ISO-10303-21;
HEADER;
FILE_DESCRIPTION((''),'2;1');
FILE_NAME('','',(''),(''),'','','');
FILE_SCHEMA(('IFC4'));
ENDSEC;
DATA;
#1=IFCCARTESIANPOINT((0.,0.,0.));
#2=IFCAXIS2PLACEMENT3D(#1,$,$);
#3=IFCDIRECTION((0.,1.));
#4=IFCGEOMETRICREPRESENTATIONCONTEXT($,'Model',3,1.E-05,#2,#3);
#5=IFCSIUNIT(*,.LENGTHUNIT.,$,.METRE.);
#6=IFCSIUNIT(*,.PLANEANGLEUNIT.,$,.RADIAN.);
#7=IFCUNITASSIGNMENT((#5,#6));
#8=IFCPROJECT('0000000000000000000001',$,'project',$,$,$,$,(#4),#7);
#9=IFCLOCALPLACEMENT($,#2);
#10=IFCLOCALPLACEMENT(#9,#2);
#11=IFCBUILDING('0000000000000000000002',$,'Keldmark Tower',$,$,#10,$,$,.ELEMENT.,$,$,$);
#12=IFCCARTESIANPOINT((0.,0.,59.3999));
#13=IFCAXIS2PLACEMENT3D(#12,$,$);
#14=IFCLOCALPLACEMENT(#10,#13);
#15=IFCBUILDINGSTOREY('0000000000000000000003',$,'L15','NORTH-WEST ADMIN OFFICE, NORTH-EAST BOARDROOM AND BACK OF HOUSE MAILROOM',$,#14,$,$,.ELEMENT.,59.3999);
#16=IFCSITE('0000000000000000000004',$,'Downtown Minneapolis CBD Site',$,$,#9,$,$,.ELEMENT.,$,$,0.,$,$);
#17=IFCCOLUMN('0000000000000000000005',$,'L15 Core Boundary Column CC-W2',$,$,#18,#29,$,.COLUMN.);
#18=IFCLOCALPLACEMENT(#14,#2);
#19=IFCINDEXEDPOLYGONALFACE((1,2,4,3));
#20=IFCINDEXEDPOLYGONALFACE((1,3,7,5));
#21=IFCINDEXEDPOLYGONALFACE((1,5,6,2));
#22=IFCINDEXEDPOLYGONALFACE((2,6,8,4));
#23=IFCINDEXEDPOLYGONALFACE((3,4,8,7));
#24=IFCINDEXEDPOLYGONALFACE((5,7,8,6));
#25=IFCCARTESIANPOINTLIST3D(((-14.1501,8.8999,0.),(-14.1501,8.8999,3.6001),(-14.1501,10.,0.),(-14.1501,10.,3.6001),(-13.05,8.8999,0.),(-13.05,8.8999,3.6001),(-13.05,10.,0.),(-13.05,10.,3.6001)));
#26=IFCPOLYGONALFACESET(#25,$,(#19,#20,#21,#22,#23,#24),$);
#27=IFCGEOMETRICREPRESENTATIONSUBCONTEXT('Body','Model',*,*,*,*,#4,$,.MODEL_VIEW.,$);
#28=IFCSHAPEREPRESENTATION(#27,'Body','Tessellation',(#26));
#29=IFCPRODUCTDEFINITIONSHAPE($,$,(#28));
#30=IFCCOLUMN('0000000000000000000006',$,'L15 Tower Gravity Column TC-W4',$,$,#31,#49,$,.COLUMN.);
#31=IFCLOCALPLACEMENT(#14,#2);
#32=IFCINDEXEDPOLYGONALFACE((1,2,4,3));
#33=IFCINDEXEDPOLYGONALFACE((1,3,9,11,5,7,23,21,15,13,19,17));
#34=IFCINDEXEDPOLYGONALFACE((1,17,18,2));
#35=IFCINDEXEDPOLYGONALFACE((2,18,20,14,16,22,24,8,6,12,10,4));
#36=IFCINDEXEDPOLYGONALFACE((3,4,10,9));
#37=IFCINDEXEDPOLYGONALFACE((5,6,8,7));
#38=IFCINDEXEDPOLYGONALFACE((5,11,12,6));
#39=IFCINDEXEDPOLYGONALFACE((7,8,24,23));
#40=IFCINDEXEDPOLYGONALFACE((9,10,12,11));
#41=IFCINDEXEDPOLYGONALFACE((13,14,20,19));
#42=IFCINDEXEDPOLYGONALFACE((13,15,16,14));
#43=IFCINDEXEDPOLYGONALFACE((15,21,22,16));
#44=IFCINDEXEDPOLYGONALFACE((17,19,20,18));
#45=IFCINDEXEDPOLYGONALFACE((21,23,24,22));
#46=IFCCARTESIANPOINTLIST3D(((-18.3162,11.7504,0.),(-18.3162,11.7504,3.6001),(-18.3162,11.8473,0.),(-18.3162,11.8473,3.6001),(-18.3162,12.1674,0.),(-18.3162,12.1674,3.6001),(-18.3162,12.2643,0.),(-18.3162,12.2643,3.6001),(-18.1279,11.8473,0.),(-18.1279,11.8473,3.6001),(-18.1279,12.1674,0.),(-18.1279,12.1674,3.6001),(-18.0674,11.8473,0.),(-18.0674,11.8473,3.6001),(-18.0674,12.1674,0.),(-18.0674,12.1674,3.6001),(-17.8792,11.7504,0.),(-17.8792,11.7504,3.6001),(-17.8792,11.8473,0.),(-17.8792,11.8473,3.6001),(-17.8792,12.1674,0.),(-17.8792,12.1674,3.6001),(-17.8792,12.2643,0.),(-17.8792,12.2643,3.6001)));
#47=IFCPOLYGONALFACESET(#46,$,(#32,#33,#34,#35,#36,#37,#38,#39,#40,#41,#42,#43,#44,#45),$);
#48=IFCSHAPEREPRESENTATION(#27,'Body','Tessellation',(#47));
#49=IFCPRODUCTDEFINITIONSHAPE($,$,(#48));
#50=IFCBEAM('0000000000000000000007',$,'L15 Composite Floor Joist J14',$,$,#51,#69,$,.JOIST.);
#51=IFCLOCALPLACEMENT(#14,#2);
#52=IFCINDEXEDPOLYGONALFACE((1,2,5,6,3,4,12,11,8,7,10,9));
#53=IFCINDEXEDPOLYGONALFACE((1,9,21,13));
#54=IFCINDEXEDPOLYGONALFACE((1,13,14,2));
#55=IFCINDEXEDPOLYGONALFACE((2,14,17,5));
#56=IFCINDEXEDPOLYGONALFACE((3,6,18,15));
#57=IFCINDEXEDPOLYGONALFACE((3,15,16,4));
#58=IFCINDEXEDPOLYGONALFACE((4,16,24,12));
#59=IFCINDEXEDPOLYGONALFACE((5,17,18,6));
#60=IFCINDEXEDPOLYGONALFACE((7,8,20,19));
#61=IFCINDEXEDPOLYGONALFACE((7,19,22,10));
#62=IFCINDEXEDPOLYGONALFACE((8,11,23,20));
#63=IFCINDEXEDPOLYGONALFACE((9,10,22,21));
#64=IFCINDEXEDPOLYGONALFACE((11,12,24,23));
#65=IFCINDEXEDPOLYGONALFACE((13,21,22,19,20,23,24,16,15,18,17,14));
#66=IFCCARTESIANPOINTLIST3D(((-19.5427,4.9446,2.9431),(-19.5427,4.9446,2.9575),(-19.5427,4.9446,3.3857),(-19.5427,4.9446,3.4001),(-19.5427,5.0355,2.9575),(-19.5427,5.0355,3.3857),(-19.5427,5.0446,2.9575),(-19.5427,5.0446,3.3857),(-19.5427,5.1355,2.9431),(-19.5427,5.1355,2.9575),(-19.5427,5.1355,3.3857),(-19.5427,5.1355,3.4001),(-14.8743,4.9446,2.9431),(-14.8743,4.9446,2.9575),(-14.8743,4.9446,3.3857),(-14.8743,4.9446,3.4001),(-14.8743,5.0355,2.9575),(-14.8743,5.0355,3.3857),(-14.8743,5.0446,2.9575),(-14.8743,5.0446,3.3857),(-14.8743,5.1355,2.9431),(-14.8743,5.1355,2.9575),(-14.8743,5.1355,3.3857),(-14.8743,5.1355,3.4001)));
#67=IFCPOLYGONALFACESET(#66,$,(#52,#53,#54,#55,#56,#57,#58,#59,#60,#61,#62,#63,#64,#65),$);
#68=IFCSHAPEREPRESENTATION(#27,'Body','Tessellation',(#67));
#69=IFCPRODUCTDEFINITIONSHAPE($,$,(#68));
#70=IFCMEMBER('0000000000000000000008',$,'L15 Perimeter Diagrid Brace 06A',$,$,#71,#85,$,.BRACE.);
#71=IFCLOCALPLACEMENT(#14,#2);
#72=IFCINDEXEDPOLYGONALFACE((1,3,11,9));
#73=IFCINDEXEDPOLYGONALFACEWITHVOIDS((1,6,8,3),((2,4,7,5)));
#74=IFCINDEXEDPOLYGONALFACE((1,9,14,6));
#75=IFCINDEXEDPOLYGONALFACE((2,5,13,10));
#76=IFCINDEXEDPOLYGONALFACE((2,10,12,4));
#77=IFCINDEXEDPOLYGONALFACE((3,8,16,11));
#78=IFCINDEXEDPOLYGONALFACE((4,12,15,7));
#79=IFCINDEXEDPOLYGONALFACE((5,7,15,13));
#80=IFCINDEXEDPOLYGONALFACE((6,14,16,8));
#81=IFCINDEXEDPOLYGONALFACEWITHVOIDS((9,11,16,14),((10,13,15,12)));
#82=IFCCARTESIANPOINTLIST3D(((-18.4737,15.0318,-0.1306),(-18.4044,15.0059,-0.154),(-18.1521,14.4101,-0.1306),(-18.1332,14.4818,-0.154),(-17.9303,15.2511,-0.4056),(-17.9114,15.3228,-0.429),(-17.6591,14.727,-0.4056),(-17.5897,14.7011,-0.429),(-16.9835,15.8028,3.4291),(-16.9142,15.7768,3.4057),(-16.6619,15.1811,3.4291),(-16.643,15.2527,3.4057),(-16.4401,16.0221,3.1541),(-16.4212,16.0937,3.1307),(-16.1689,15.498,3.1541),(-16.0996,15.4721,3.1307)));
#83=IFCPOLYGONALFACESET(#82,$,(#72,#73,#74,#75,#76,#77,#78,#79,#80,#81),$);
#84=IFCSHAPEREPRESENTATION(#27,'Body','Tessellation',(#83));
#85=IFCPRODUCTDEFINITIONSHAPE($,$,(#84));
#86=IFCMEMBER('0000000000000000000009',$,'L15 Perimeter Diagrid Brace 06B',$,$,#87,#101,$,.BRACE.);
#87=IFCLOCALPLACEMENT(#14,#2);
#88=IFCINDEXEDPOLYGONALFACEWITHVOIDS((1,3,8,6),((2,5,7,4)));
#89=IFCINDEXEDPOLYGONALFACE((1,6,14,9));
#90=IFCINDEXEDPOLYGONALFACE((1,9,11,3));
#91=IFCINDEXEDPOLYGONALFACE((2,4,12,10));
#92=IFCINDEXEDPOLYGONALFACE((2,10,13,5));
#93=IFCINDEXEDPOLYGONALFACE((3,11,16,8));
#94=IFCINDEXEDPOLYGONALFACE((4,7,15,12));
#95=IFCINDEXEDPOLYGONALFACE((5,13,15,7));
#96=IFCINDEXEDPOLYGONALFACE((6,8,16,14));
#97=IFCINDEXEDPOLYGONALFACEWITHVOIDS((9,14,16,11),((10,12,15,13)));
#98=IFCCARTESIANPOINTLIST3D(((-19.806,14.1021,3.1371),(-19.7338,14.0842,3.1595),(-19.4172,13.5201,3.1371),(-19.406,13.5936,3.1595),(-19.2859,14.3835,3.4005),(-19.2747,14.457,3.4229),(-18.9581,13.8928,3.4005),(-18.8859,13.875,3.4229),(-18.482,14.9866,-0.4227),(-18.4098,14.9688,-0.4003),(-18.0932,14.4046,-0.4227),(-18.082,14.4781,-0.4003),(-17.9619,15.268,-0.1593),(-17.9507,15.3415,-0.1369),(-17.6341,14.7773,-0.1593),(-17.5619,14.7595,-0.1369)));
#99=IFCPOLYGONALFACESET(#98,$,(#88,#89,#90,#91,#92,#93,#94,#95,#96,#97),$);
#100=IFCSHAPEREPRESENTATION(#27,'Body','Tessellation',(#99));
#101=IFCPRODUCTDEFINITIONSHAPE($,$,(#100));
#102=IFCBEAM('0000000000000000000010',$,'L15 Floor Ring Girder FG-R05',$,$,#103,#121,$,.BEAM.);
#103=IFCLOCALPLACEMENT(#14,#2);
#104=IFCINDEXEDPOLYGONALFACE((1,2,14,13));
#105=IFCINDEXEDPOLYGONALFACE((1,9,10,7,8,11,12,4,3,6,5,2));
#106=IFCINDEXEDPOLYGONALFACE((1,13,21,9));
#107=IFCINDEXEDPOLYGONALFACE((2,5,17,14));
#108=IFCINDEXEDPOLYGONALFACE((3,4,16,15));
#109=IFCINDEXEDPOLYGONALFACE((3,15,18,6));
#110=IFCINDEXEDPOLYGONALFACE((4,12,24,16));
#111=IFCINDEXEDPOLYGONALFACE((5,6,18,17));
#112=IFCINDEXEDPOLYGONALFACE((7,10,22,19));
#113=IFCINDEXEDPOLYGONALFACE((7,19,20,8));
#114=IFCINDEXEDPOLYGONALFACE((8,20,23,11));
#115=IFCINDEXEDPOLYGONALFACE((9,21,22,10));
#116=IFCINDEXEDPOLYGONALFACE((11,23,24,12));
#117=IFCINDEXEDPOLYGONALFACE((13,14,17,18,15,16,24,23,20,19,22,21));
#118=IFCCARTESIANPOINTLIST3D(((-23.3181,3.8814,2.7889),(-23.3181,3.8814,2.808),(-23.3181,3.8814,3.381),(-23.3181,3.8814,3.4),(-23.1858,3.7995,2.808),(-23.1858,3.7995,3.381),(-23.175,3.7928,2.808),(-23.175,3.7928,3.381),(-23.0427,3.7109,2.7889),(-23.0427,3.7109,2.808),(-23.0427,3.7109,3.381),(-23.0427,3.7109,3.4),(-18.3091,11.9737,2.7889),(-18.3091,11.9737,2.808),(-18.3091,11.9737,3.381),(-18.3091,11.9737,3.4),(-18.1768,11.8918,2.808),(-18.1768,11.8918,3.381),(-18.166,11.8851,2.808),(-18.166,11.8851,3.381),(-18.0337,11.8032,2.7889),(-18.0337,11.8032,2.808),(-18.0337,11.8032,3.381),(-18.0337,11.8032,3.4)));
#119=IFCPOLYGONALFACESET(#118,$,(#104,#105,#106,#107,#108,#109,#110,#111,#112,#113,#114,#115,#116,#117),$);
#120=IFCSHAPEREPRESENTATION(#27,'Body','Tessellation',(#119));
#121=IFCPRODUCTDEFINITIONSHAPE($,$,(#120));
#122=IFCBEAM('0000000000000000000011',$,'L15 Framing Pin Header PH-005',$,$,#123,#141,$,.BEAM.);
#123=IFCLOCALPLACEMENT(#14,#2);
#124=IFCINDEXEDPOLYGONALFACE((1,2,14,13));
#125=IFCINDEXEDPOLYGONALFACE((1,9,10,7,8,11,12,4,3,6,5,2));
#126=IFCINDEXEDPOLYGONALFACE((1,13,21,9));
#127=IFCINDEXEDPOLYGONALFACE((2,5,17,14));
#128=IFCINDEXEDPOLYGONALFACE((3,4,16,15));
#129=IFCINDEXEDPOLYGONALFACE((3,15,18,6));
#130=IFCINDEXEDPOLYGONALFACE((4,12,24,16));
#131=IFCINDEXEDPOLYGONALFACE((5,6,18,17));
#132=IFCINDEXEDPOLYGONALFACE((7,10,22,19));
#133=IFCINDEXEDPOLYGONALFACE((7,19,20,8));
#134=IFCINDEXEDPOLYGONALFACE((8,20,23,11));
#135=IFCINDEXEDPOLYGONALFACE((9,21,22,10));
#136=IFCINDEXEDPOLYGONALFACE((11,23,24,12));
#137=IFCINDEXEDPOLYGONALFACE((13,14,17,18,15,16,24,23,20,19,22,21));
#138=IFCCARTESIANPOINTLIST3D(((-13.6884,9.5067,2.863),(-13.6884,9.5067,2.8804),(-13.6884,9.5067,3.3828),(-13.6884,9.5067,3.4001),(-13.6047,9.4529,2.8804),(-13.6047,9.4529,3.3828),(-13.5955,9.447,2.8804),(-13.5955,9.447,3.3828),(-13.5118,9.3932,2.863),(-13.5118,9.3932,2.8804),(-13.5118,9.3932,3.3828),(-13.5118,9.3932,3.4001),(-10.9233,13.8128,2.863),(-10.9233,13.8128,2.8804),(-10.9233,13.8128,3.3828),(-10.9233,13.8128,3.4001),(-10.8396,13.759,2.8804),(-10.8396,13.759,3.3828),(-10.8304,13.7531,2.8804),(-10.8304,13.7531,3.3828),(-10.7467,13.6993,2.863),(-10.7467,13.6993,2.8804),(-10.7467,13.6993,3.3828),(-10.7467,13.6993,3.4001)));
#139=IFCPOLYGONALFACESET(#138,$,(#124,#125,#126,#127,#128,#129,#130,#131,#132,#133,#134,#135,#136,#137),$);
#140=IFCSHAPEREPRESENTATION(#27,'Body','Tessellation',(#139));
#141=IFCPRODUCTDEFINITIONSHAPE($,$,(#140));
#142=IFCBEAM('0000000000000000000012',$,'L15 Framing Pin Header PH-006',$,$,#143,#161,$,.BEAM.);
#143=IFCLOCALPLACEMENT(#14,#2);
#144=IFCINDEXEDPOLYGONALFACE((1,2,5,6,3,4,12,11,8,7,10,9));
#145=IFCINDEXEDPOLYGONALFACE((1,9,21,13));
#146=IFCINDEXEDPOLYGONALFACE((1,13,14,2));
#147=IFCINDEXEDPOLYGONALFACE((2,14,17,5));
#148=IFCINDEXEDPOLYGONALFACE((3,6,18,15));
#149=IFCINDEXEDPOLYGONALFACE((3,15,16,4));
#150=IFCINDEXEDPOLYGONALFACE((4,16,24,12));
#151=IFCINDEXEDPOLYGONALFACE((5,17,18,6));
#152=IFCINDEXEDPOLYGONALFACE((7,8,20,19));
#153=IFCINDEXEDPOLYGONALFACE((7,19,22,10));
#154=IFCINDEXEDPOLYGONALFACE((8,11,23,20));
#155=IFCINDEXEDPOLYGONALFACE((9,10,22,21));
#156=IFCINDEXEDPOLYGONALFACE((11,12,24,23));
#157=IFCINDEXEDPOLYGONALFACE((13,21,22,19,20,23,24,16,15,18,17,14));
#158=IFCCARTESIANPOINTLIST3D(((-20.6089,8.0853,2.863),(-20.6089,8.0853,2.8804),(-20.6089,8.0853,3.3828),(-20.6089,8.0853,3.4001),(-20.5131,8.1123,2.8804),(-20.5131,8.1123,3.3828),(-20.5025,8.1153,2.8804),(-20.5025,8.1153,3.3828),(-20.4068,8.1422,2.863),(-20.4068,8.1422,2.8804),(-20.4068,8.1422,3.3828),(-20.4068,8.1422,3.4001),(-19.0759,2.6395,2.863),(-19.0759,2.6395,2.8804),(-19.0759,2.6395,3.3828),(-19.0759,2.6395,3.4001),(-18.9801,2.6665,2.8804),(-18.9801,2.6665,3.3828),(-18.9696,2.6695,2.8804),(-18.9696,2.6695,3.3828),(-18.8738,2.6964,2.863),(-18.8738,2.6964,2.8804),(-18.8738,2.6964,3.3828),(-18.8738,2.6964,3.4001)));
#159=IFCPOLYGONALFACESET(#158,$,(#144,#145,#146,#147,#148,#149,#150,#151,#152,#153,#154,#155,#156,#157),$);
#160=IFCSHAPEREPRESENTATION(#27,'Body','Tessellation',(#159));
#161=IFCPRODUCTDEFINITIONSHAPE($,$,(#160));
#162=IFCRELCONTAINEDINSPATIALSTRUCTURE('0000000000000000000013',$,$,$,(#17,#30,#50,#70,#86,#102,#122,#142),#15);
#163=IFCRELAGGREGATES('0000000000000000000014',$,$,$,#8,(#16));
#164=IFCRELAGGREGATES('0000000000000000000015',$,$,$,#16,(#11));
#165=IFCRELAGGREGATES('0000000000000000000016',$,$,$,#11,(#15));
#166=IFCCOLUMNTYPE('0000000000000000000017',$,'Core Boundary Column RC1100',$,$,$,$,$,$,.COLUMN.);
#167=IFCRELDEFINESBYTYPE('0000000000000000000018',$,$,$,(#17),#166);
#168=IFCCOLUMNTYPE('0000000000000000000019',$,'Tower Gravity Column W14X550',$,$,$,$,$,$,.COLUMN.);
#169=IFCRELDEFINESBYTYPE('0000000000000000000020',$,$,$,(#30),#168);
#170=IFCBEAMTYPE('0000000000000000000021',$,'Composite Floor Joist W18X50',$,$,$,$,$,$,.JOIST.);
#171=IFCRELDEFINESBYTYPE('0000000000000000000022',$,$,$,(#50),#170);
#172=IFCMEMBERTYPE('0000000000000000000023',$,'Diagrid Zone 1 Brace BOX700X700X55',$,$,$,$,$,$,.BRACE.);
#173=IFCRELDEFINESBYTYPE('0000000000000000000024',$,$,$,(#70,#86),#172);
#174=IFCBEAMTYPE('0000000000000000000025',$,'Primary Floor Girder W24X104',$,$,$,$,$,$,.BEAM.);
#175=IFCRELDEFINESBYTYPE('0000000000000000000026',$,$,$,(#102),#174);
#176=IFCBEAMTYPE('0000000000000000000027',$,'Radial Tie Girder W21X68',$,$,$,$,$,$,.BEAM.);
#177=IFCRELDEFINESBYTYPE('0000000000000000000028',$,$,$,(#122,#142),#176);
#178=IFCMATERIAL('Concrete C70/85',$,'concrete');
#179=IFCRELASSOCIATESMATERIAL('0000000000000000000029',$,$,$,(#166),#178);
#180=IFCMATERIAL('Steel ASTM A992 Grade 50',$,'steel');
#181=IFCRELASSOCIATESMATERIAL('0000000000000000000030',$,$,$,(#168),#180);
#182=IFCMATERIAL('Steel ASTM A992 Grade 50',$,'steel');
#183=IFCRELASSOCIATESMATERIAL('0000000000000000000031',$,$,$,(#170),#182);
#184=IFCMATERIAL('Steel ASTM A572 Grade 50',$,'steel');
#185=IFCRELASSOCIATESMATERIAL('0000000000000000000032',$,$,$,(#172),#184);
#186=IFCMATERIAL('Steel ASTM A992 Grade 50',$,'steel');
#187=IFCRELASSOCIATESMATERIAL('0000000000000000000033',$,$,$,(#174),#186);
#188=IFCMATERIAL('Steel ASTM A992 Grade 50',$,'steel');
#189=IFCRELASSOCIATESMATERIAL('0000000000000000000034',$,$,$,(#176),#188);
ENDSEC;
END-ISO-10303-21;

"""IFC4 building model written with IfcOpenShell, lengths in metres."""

from ifc_helpers import new_model, si_unit, direction, frame, origin, origin_2d, place, context, subcontext, project, spatial, rectangle, hollow_rectangle, i_section, extrude, material, material_profile, profile_set, type_object, element, save


model = new_model("IFC4")

# Units and contexts
model_context = context("Model", 3, precision=1e-05, world=origin(), true_north=direction((0.0, 1.0)))
body_context = subcontext(model_context, "Body", "Model", "MODEL_VIEW")
ifc_project = project(units=[si_unit("LENGTHUNIT", "METRE"), si_unit("PLANEANGLEUNIT", "RADIAN")], contexts=[model_context])

# Site, building, storey
site_placement = place(None, origin())
site = spatial("IfcSite", under=ifc_project, at=site_placement, Name="Downtown Minneapolis CBD Site", CompositionType="ELEMENT", RefElevation=0.0)
building_placement = place(site_placement, origin())
building = spatial("IfcBuilding", under=site, at=building_placement, Name="Keldmark Tower", CompositionType="ELEMENT")
storey_placement = place(building_placement, frame((0.0, 0.0, 59.3999)))
storey = spatial("IfcBuildingStorey", under=building, at=storey_placement, Name="L15", Description="NORTH-WEST ADMIN OFFICE, NORTH-EAST BOARDROOM AND BACK OF HOUSE MAILROOM", CompositionType="ELEMENT", Elevation=59.3999)

# Columns
ifc_material_1 = material(Name="Concrete C70/85", Category="concrete")
ifc_material_profile_1 = material_profile(ifc_material_1, rectangle(XDim=1.1001, YDim=1.1001, at=origin_2d()), Name="RC1100X1100")
ifc_profile_set_1 = profile_set([ifc_material_profile_1], Name="Concrete C70/85")
column_type_1 = type_object("IfcColumnType", Name="Core Boundary Column RC1100", PredefinedType="COLUMN", material=ifc_profile_set_1)
column_1_placement = place(storey_placement, frame((-13.6001, 9.45, 0.0), z_axis=(0.0, 0.0, 1.0), x_axis=(1.0, 0.0, 0.0)))
element("IfcColumn", 1, at=column_1_placement, inside=storey, type_object=column_type_1, Name="L15 Core Boundary Column CC-W2", PredefinedType="COLUMN", context=body_context, shape_type="SweptSolid", body=[
    extrude(rectangle(XDim=1.1001, YDim=1.1001, at=origin_2d()), origin(), (0.0, 0.0, 1.0), 3.6001),
])
ifc_material_2 = material(Name="Steel ASTM A992 Grade 50", Category="steel")
ifc_material_profile_2 = material_profile(ifc_material_2, i_section(OverallWidth=0.437, OverallDepth=0.5139, WebThickness=0.0605, FlangeThickness=0.0969, at=origin_2d()), Name="W14X550")
ifc_profile_set_2 = profile_set([ifc_material_profile_2], Name="Steel ASTM A992 Grade 50")
column_type_2 = type_object("IfcColumnType", Name="Tower Gravity Column W14X550", PredefinedType="COLUMN", material=ifc_profile_set_2)
column_2_placement = place(storey_placement, frame((-18.0977, 12.0073, 0.0), z_axis=(0.0, 0.0, 1.0), x_axis=(1.0, 0.0, 0.0)))
element("IfcColumn", 2, at=column_2_placement, inside=storey, type_object=column_type_2, Name="L15 Tower Gravity Column TC-W4", PredefinedType="COLUMN", context=body_context, shape_type="SweptSolid", body=[
    extrude(i_section(OverallWidth=0.437, OverallDepth=0.5139, WebThickness=0.0605, FlangeThickness=0.0969, at=origin_2d()), origin(), (0.0, 0.0, 1.0), 3.6001),
])

# Beam
ifc_material_3 = material(Name="Steel ASTM A992 Grade 50", Category="steel")
ifc_material_profile_3 = material_profile(ifc_material_3, i_section(OverallWidth=0.1909, OverallDepth=0.457, WebThickness=0.009, FlangeThickness=0.0144, at=origin_2d()), Name="W18X50")
ifc_profile_set_3 = profile_set([ifc_material_profile_3], Name="Steel ASTM A992 Grade 50")
beam_type_1 = type_object("IfcBeamType", Name="Composite Floor Joist W18X50", PredefinedType="JOIST", material=ifc_profile_set_3)
beam_1_placement = place(storey_placement, frame((-19.5427, 5.04, 3.1716), z_axis=(1.0, 0.0, 0.0), x_axis=(0.0, 1.0, 0.0)))
element("IfcBeam", 3, at=beam_1_placement, inside=storey, type_object=beam_type_1, Name="L15 Composite Floor Joist J14", PredefinedType="JOIST", context=body_context, shape_type="SweptSolid", body=[
    extrude(i_section(OverallWidth=0.1909, OverallDepth=0.457, WebThickness=0.009, FlangeThickness=0.0144, at=origin_2d()), origin(), (0.0, 0.0, 1.0), 4.6685),
])

# Members
ifc_material_4 = material(Name="Steel ASTM A572 Grade 50", Category="steel")
ifc_material_profile_4 = material_profile(ifc_material_4, hollow_rectangle(XDim=0.7, YDim=0.7, WallThickness=0.0549, at=origin_2d()), Name="BOX700X700X55")
ifc_profile_set_4 = profile_set([ifc_material_profile_4], Name="Steel ASTM A572 Grade 50")
member_type = type_object("IfcMemberType", Name="Diagrid Zone 1 Brace BOX700X700X55", PredefinedType="BRACE", material=ifc_profile_set_4)
member_1_placement = place(storey_placement, frame((-18.0317, 14.8665, -0.2798), z_axis=(0.378672, 0.195912, 0.904558), x_axis=(-0.45951, 0.888173, 0.0)))
element("IfcMember", 4, at=member_1_placement, inside=storey, type_object=member_type, Name="L15 Perimeter Diagrid Brace 06A", PredefinedType="BRACE", context=body_context, shape_type="SweptSolid", body=[
    extrude(hollow_rectangle(XDim=0.7, YDim=0.7, WallThickness=0.0549, at=origin_2d()), origin(), (0.0, 0.0, 1.0), 3.9353),
])
member_2_placement = place(storey_placement, frame((-18.022, 14.873, -0.2798), z_axis=(-0.339508, -0.226819, 0.912846), x_axis=(0.555514, -0.831507, 0.0)))
element("IfcMember", 5, at=member_2_placement, inside=storey, type_object=member_type, Name="L15 Perimeter Diagrid Brace 06B", PredefinedType="BRACE", context=body_context, shape_type="SweptSolid", body=[
    extrude(hollow_rectangle(XDim=0.7, YDim=0.7, WallThickness=0.0549, at=origin_2d()), origin(), (0.0, 0.0, 1.0), 3.8997),
])

# Beams
ifc_material_5 = material(Name="Steel ASTM A992 Grade 50", Category="steel")
ifc_material_profile_5 = material_profile(ifc_material_5, i_section(OverallWidth=0.324, OverallDepth=0.6111, WebThickness=0.0127, FlangeThickness=0.019, at=origin_2d()), Name="W24X104")
ifc_profile_set_5 = profile_set([ifc_material_profile_5], Name="Steel ASTM A992 Grade 50")
beam_type_2 = type_object("IfcBeamType", Name="Primary Floor Girder W24X104", PredefinedType="BEAM", material=ifc_profile_set_5)
beam_2_placement = place(storey_placement, frame((-18.1714, 11.8884, 3.0945), z_axis=(-0.526318, -0.850288, 0.0), x_axis=(0.850288, -0.526318, 0.0)))
element("IfcBeam", 6, at=beam_2_placement, inside=storey, type_object=beam_type_2, Name="L15 Floor Ring Girder FG-R05", PredefinedType="BEAM", context=body_context, shape_type="SweptSolid", body=[
    extrude(i_section(OverallWidth=0.324, OverallDepth=0.6111, WebThickness=0.0127, FlangeThickness=0.019, at=origin_2d()), origin(), (0.0, 0.0, 1.0), 9.5171),
])
ifc_material_6 = material(Name="Steel ASTM A992 Grade 50", Category="steel")
ifc_material_profile_6 = material_profile(ifc_material_6, i_section(OverallWidth=0.21, OverallDepth=0.5371, WebThickness=0.011, FlangeThickness=0.0173, at=origin_2d()), Name="W21X68")
ifc_profile_set_6 = profile_set([ifc_material_profile_6], Name="Steel ASTM A992 Grade 50")
beam_type_3 = type_object("IfcBeamType", Name="Radial Tie Girder W21X68", PredefinedType="BEAM", material=ifc_profile_set_6)
beam_3_placement = place(storey_placement, frame((-13.6001, 9.45, 3.1316), z_axis=(0.540328, 0.841454, 0.0), x_axis=(-0.841454, 0.540328, 0.0)))
element("IfcBeam", 7, at=beam_3_placement, inside=storey, type_object=beam_type_3, Name="L15 Framing Pin Header PH-005", PredefinedType="BEAM", context=body_context, shape_type="SweptSolid", body=[
    extrude(i_section(OverallWidth=0.21, OverallDepth=0.5371, WebThickness=0.011, FlangeThickness=0.0173, at=origin_2d()), origin(), (0.0, 0.0, 1.0), 5.1174),
])
beam_4_placement = place(storey_placement, frame((-18.9749, 2.668, 3.1316), z_axis=(-0.270963, 0.96259, 0.0), x_axis=(-0.96259, -0.270963, 0.0)))
element("IfcBeam", 8, at=beam_4_placement, inside=storey, type_object=beam_type_3, Name="L15 Framing Pin Header PH-006", PredefinedType="BEAM", context=body_context, shape_type="SweptSolid", body=[
    extrude(i_section(OverallWidth=0.21, OverallDepth=0.5371, WebThickness=0.011, FlangeThickness=0.0173, at=origin_2d()), origin(), (0.0, 0.0, 1.0), 5.6575),
])

save(model, "model.ifc")
